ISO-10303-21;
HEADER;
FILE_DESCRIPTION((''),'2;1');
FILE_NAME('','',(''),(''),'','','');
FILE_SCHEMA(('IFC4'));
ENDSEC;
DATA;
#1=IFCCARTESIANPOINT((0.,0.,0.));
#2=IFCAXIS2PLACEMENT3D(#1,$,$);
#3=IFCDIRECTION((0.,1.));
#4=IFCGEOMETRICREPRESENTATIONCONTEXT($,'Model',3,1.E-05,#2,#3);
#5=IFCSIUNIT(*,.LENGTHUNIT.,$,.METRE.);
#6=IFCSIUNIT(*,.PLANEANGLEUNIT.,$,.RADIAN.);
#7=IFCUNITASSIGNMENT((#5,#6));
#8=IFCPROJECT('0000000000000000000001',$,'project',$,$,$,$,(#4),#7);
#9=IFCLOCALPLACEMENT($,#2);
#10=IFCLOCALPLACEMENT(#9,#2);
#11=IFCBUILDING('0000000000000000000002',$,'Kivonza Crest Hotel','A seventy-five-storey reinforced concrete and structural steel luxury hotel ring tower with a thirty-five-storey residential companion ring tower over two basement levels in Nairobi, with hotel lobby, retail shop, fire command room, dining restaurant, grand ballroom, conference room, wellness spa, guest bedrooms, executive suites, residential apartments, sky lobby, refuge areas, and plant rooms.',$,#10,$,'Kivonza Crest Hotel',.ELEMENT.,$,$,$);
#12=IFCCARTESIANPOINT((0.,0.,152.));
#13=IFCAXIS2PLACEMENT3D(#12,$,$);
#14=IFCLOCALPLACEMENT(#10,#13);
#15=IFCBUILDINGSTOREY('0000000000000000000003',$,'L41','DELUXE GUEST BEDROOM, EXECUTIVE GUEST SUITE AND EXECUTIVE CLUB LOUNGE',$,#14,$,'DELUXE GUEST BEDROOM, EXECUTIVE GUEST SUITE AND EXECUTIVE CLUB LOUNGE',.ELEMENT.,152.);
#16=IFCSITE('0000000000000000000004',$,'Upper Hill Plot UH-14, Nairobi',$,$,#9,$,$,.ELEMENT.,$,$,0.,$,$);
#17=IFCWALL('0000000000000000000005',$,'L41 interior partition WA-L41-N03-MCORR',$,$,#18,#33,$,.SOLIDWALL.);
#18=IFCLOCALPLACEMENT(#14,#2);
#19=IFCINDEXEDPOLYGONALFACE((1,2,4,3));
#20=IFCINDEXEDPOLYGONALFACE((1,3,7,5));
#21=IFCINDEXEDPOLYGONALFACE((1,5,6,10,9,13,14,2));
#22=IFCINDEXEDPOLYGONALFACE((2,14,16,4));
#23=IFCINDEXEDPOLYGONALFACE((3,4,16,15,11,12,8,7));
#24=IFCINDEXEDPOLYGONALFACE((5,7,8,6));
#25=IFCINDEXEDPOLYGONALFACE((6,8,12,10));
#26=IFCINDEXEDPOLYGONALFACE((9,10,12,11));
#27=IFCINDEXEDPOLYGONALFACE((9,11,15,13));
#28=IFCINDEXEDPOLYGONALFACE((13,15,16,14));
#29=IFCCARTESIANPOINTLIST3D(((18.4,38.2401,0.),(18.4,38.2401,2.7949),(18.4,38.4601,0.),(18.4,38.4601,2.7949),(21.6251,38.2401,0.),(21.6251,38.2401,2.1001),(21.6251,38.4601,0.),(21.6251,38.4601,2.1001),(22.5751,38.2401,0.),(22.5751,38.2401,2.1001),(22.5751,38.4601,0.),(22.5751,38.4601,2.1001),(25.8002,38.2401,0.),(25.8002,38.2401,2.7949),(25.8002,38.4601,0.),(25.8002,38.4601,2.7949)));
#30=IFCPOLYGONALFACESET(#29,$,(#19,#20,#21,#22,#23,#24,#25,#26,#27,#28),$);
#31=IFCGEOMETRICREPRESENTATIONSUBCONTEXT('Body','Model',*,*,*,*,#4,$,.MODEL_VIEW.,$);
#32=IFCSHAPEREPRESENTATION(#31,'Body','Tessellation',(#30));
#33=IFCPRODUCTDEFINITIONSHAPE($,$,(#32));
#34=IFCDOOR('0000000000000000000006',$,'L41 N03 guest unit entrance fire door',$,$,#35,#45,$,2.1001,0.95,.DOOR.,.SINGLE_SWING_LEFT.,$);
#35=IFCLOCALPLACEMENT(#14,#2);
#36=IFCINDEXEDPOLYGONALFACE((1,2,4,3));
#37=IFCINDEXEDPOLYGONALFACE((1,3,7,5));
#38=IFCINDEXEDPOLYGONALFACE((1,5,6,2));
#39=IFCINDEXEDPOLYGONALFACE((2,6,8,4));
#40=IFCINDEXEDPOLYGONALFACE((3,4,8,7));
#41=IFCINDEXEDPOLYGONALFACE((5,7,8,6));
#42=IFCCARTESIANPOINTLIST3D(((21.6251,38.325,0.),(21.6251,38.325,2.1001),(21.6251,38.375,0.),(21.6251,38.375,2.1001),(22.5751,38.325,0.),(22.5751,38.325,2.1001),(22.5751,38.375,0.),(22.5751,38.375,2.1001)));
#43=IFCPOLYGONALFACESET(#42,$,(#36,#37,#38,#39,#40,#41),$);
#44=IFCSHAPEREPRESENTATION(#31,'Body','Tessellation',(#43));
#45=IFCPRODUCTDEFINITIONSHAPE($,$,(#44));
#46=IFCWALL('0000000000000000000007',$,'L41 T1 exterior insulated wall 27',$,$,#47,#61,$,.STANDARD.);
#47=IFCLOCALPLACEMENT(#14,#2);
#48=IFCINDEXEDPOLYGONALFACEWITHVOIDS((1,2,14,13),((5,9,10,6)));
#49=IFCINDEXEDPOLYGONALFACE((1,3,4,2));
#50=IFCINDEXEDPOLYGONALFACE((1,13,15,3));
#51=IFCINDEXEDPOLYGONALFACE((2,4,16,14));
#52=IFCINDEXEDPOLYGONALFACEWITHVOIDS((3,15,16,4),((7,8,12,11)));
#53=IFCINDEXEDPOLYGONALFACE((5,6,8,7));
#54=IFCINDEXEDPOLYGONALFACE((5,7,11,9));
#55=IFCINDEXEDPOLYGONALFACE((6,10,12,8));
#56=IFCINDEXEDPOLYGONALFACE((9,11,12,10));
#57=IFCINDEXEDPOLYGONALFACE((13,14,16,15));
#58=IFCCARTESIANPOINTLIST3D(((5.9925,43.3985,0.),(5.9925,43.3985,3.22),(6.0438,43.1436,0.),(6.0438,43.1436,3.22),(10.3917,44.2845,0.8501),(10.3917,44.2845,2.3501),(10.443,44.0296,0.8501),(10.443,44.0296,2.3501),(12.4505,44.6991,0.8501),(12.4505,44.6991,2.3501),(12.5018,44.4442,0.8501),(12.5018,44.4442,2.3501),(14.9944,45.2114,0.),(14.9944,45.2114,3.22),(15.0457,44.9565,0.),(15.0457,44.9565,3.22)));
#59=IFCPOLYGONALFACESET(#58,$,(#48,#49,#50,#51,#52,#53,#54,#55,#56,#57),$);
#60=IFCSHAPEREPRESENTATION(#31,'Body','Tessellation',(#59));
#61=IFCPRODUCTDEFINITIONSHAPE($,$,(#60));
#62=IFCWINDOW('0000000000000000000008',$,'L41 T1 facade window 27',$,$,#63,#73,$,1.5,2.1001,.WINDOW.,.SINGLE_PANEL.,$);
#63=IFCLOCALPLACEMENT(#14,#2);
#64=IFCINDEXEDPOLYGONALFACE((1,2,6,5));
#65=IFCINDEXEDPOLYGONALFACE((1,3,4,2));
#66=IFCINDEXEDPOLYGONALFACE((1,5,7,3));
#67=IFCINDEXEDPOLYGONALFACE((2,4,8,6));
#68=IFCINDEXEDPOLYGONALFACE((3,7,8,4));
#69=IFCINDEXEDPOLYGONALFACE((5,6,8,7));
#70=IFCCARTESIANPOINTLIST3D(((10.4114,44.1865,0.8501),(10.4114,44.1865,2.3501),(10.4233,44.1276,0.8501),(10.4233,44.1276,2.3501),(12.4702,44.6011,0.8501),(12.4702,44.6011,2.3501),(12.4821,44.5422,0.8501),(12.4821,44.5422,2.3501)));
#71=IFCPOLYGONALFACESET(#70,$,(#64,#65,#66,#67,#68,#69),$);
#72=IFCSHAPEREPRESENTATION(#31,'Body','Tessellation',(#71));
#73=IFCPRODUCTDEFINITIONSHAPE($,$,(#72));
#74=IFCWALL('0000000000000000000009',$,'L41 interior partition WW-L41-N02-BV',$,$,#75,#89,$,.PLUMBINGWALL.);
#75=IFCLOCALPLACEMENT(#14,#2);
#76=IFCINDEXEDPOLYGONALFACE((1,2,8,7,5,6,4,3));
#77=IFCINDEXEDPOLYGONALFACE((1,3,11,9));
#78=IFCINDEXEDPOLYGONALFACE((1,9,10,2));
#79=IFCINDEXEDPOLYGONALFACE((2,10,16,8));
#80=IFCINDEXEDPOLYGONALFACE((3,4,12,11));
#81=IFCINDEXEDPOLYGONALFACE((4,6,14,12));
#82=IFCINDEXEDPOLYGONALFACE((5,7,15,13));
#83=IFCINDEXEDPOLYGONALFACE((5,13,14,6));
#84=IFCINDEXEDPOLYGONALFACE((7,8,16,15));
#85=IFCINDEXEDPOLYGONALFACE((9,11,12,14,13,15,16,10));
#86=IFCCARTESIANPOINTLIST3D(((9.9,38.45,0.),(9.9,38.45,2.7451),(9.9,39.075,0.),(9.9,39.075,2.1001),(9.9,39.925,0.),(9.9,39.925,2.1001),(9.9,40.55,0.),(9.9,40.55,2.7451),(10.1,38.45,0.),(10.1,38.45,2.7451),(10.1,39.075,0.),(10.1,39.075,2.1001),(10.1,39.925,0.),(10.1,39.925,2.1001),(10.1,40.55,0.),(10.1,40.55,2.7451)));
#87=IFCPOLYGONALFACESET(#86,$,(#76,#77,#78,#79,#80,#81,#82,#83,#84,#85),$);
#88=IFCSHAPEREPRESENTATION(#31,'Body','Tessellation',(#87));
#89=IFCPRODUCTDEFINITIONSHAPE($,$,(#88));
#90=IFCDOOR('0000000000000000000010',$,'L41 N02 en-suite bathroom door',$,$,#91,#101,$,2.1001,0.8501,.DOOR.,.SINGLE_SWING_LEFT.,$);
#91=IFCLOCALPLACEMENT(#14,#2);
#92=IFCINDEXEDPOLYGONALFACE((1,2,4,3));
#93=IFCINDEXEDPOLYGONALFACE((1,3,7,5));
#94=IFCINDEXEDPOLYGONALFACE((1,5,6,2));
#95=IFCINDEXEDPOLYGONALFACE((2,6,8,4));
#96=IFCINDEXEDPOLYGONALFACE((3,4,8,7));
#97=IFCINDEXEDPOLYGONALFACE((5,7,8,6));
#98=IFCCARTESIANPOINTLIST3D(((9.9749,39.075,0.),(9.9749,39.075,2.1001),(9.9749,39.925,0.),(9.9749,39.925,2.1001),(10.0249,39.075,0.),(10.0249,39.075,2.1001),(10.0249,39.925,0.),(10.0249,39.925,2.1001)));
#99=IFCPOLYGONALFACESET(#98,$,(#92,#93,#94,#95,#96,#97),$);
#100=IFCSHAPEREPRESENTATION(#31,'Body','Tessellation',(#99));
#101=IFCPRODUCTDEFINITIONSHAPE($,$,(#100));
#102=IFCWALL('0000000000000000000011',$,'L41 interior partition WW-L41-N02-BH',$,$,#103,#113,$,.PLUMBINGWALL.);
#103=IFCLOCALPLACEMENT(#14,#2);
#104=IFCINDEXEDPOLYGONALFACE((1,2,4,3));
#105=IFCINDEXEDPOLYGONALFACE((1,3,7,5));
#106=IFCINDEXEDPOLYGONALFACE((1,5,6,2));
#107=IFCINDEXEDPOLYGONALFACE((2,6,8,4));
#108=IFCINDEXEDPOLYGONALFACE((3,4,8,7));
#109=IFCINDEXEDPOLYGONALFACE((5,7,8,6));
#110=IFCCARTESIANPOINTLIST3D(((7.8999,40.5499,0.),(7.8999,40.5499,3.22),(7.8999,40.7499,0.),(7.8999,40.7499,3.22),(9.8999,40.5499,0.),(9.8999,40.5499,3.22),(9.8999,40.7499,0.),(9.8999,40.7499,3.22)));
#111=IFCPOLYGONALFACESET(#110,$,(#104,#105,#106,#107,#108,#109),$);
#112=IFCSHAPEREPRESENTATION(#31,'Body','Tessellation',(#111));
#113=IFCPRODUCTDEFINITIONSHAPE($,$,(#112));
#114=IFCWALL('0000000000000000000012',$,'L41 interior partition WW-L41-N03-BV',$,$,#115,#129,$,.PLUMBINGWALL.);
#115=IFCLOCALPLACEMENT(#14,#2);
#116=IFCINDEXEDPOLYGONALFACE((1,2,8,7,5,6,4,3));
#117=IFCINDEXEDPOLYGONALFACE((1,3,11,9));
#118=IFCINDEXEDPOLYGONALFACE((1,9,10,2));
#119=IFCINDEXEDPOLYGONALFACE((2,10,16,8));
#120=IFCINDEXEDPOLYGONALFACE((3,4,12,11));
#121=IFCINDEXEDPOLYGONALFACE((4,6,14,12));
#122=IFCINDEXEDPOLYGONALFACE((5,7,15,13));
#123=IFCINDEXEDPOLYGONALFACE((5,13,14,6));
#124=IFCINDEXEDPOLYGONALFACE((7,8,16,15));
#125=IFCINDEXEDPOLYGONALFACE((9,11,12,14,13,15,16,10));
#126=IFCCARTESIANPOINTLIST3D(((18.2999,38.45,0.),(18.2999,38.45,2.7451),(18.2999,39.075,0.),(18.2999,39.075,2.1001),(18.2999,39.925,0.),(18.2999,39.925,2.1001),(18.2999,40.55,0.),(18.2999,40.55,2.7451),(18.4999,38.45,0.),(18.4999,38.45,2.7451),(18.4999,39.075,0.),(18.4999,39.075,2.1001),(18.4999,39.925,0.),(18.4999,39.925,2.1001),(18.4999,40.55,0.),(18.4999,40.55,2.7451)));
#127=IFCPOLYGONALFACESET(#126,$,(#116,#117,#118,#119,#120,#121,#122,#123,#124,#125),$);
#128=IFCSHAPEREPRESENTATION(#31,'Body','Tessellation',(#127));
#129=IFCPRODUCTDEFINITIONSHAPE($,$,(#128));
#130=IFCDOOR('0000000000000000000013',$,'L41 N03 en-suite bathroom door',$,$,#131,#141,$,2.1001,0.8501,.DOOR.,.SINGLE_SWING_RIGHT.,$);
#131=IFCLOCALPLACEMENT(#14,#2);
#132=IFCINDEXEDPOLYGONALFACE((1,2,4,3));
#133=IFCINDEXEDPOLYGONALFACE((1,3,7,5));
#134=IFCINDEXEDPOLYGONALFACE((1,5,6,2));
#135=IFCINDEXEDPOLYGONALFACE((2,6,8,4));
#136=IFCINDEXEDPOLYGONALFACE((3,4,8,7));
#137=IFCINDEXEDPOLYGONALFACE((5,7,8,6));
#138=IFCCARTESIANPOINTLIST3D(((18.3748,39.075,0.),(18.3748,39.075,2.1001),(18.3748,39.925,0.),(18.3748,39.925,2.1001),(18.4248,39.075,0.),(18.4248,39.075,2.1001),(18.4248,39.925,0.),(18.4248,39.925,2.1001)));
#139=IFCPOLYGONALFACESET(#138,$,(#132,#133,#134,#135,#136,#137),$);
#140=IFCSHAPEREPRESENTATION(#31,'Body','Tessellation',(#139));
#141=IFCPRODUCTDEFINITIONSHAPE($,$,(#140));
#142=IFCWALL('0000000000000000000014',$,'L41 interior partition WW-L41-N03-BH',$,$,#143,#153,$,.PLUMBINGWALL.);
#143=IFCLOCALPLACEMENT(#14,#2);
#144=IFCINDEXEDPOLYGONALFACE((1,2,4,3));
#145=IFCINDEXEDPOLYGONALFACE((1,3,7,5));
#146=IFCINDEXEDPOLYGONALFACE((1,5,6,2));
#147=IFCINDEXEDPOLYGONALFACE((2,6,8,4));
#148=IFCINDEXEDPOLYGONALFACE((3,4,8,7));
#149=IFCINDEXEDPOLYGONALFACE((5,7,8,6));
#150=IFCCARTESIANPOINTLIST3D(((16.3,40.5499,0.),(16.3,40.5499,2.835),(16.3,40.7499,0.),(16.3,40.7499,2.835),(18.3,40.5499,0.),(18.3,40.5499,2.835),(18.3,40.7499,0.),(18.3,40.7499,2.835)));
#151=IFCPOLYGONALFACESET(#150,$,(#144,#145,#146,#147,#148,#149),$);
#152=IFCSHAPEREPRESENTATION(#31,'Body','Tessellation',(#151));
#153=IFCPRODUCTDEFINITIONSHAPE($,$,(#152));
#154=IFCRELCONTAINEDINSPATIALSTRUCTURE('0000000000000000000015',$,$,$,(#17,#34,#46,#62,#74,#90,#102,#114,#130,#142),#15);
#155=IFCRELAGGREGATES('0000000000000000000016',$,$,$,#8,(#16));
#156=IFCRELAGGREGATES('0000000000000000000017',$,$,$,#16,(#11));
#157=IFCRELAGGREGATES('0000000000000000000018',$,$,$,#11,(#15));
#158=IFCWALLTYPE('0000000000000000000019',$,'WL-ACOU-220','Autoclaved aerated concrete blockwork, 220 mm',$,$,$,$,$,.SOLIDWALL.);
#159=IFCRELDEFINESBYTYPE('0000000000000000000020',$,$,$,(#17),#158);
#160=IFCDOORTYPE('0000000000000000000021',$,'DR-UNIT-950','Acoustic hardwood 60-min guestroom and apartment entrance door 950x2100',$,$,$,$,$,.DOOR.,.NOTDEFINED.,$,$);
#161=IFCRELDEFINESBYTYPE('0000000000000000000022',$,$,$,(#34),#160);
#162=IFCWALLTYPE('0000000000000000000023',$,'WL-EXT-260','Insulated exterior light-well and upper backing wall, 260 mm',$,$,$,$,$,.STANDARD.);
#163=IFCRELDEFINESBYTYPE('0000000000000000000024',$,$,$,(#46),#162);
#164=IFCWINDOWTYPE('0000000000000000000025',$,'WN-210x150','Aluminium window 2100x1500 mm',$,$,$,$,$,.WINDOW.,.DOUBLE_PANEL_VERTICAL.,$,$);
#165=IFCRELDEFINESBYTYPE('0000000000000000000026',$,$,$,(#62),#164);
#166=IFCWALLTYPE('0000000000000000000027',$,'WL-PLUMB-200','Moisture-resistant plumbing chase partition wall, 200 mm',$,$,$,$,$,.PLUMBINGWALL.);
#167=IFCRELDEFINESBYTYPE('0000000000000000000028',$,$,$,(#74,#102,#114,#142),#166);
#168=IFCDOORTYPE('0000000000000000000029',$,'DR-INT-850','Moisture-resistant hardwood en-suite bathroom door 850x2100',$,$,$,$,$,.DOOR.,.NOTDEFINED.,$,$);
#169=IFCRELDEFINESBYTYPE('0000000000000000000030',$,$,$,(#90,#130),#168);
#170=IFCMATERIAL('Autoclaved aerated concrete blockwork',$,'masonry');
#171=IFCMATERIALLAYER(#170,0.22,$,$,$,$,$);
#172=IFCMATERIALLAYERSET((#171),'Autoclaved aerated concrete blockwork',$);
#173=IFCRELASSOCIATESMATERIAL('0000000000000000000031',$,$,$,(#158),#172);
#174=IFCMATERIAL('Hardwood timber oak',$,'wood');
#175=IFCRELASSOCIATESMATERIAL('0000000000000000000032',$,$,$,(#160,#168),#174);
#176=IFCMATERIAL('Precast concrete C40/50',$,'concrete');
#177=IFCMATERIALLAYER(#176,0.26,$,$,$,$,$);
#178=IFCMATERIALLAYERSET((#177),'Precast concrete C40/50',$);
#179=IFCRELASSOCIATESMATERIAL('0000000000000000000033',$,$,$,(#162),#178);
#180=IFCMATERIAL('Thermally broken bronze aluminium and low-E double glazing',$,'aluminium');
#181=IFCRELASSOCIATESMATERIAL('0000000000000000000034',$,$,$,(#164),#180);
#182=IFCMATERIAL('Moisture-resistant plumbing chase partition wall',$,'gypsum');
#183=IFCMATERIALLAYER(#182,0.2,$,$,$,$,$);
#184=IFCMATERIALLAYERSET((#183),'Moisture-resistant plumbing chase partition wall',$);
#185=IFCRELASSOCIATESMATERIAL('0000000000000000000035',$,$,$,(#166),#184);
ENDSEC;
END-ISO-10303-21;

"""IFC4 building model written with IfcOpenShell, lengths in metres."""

from ifc_helpers import new_model, si_unit, direction, frame, frame_2d, origin, place, context, subcontext, project, spatial, rectangle, extrude, material, layer, layer_set, type_object, element, fill, save


model = new_model("IFC4")

# Units and contexts
model_context = context("Model", 3, precision=1e-05, world=origin(), true_north=direction((0.0, 1.0)))
body_context = subcontext(model_context, "Body", "Model", "MODEL_VIEW")
ifc_project = project(units=[si_unit("LENGTHUNIT", "METRE"), si_unit("PLANEANGLEUNIT", "RADIAN")], contexts=[model_context])

# Site, building, storey
site_placement = place(None, origin())
site = spatial("IfcSite", under=ifc_project, at=site_placement, Name="Upper Hill Plot UH-14, Nairobi", CompositionType="ELEMENT", RefElevation=0.0)
building_placement = place(site_placement, origin())
building = spatial("IfcBuilding", under=site, at=building_placement, Name="Kivonza Crest Hotel", Description="A seventy-five-storey reinforced concrete and structural steel luxury hotel ring tower with a thirty-five-storey residential companion ring tower over two basement levels in Nairobi, with hotel lobby, retail shop, fire command room, dining restaurant, grand ballroom, conference room, wellness spa, guest bedrooms, executive suites, residential apartments, sky lobby, refuge areas, and plant rooms.", LongName="Kivonza Crest Hotel", CompositionType="ELEMENT")
storey_placement = place(building_placement, frame((0.0, 0.0, 152.0)))
storey = spatial("IfcBuildingStorey", under=building, at=storey_placement, Name="L41", Description="DELUXE GUEST BEDROOM, EXECUTIVE GUEST SUITE AND EXECUTIVE CLUB LOUNGE", LongName="DELUXE GUEST BEDROOM, EXECUTIVE GUEST SUITE AND EXECUTIVE CLUB LOUNGE", CompositionType="ELEMENT", Elevation=152.0)

# Shared definitions
ifc_material_1 = material(Name="Autoclaved aerated concrete blockwork", Category="masonry")
ifc_layer_1 = layer(ifc_material_1, 0.22)
ifc_layer_set_1 = layer_set([ifc_layer_1], Name="Autoclaved aerated concrete blockwork")
wall_type_1 = type_object("IfcWallType", Name="WL-ACOU-220", Description="Autoclaved aerated concrete blockwork, 220 mm", PredefinedType="SOLIDWALL", material=ifc_layer_set_1)
ifc_material_2 = material(Name="Hardwood timber oak", Category="wood")
door_type_1 = type_object("IfcDoorType", Name="DR-UNIT-950", Description="Acoustic hardwood 60-min guestroom and apartment entrance door 950x2100", OperationType="NOTDEFINED", PredefinedType="DOOR", material=ifc_material_2)

# Wall, opening, door
wall_1_placement = place(storey_placement, frame((18.3999, 38.3501, 0.0), z_axis=(0.0, 0.0, 1.0), x_axis=(1.0, 0.0, 0.0)))
wall_1 = element("IfcWall", 1, at=wall_1_placement, inside=storey, type_object=wall_type_1, Name="L41 interior partition WA-L41-N03-MCORR", PredefinedType="SOLIDWALL", context=body_context, shape_type="SweptSolid", body=[
    extrude(rectangle(XDim=7.4001, YDim=0.22, at=frame_2d((3.7002, 0.0))), origin(), (0.0, 0.0, 1.0), 2.7949),
])
opening_1_placement = place(wall_1_placement, frame((3.2251, 0.0, 0.0)))
opening_1 = element("IfcOpeningElement", 2, at=opening_1_placement, cuts=wall_1, PredefinedType="OPENING", context=body_context, shape_type="SweptSolid", body=[
    extrude(rectangle(XDim=0.95, YDim=2.1001, at=frame_2d((0.4751, 1.05))), frame((0.0, 0.1201, 0.0), z_axis=(0.0, -1.0, 0.0), x_axis=(1.0, 0.0, 0.0)), (0.0, 0.0, 1.0), 0.24),
])
door_1_placement = place(opening_1_placement, origin())
door_1 = element("IfcDoor", 3, at=door_1_placement, inside=storey, type_object=door_type_1, Name="L41 N03 guest unit entrance fire door", OperationType="SINGLE_SWING_LEFT", OverallHeight=2.1001, OverallWidth=0.95, PredefinedType="DOOR", context=body_context, shape_type="SweptSolid", body=[
    extrude(rectangle(XDim=0.95, YDim=2.1001, at=frame_2d((0.4751, 1.05))), frame((0.0, 0.0249, 0.0), z_axis=(0.0, -1.0, 0.0), x_axis=(1.0, 0.0, 0.0)), (0.0, 0.0, 1.0), 0.05),
])
fill(opening_1, door_1)

# Wall, opening, window
ifc_material_3 = material(Name="Precast concrete C40/50", Category="concrete")
ifc_layer_2 = layer(ifc_material_3, 0.26)
ifc_layer_set_2 = layer_set([ifc_layer_2], Name="Precast concrete C40/50")
wall_type_2 = type_object("IfcWallType", Name="WL-EXT-260", Description="Insulated exterior light-well and upper backing wall, 260 mm", PredefinedType="STANDARD", material=ifc_layer_set_2)
wall_2_placement = place(storey_placement, frame((15.02, 45.084, 0.0), z_axis=(0.0, 0.0, 1.0), x_axis=(-0.980316, -0.197435, 0.0)))
wall_2 = element("IfcWall", 4, at=wall_2_placement, inside=storey, type_object=wall_type_2, Name="L41 T1 exterior insulated wall 27", PredefinedType="STANDARD", context=body_context, shape_type="SweptSolid", body=[
    extrude(rectangle(XDim=9.1826, YDim=0.26, at=frame_2d((4.5913, 0.0))), origin(), (0.0, 0.0, 1.0), 3.22),
])
opening_2_placement = place(wall_2_placement, frame((2.595, 0.0, 0.8501)))
opening_2 = element("IfcOpeningElement", 5, at=opening_2_placement, cuts=wall_2, PredefinedType="OPENING", context=body_context, shape_type="SweptSolid", body=[
    extrude(rectangle(XDim=2.1001, YDim=1.5, at=frame_2d((1.05, 0.75))), frame((0.0, 0.1401, 0.0), z_axis=(0.0, -1.0, 0.0), x_axis=(1.0, 0.0, 0.0)), (0.0, 0.0, 1.0), 0.28),
])
ifc_material_4 = material(Name="Thermally broken bronze aluminium and low-E double glazing", Category="aluminium")
window_type = type_object("IfcWindowType", Name="WN-210x150", Description="Aluminium window 2100x1500 mm", PartitioningType="DOUBLE_PANEL_VERTICAL", PredefinedType="WINDOW", material=ifc_material_4)
window_placement = place(opening_2_placement, origin())
window = element("IfcWindow", 6, at=window_placement, inside=storey, type_object=window_type, Name="L41 T1 facade window 27", OverallHeight=1.5, OverallWidth=2.1001, PartitioningType="SINGLE_PANEL", PredefinedType="WINDOW", context=body_context, shape_type="SweptSolid", body=[
    extrude(rectangle(XDim=2.1001, YDim=1.5, at=frame_2d((1.05, 0.75))), frame((0.0, 0.03, 0.0), z_axis=(0.0, -1.0, 0.0), x_axis=(1.0, 0.0, 0.0)), (0.0, 0.0, 1.0), 0.0601),
])
fill(opening_2, window)

# Wall, opening, door
ifc_material_5 = material(Name="Moisture-resistant plumbing chase partition wall", Category="gypsum")
ifc_layer_3 = layer(ifc_material_5, 0.2)
ifc_layer_set_3 = layer_set([ifc_layer_3], Name="Moisture-resistant plumbing chase partition wall")
wall_type_3 = type_object("IfcWallType", Name="WL-PLUMB-200", Description="Moisture-resistant plumbing chase partition wall, 200 mm", PredefinedType="PLUMBINGWALL", material=ifc_layer_set_3)
wall_3_placement = place(storey_placement, frame((10.0, 38.45, 0.0), z_axis=(0.0, 0.0, 1.0), x_axis=(0.0, 1.0, 0.0)))
wall_3 = element("IfcWall", 7, at=wall_3_placement, inside=storey, type_object=wall_type_3, Name="L41 interior partition WW-L41-N02-BV", PredefinedType="PLUMBINGWALL", context=body_context, shape_type="SweptSolid", body=[
    extrude(rectangle(XDim=2.1001, YDim=0.2, at=frame_2d((1.05, 0.0))), origin(), (0.0, 0.0, 1.0), 2.7451),
])
opening_3_placement = place(wall_3_placement, frame((0.625, 0.0, 0.0)))
opening_3 = element("IfcOpeningElement", 8, at=opening_3_placement, cuts=wall_3, PredefinedType="OPENING", context=body_context, shape_type="SweptSolid", body=[
    extrude(rectangle(XDim=0.8501, YDim=2.1001, at=frame_2d((0.425, 1.05))), frame((0.0, 0.1099, 0.0), z_axis=(0.0, -1.0, 0.0), x_axis=(1.0, 0.0, 0.0)), (0.0, 0.0, 1.0), 0.22),
])
door_type_2 = type_object("IfcDoorType", Name="DR-INT-850", Description="Moisture-resistant hardwood en-suite bathroom door 850x2100", OperationType="NOTDEFINED", PredefinedType="DOOR", material=ifc_material_2)
door_2_placement = place(opening_3_placement, frame((0.8501, 0.0, 0.0), z_axis=(0.0, 0.0, 1.0), x_axis=(-1.0, 0.0, 0.0)))
door_2 = element("IfcDoor", 9, at=door_2_placement, inside=storey, type_object=door_type_2, Name="L41 N02 en-suite bathroom door", OperationType="SINGLE_SWING_LEFT", OverallHeight=2.1001, OverallWidth=0.8501, PredefinedType="DOOR", context=body_context, shape_type="SweptSolid", body=[
    extrude(rectangle(XDim=0.8501, YDim=2.1001, at=frame_2d((0.425, 1.05))), frame((0.0, 0.0249, 0.0), z_axis=(0.0, -1.0, 0.0), x_axis=(1.0, 0.0, 0.0)), (0.0, 0.0, 1.0), 0.05),
])
fill(opening_3, door_2)

# Wall
wall_4_placement = place(storey_placement, frame((7.8999, 40.6499, 0.0), z_axis=(0.0, 0.0, 1.0), x_axis=(1.0, 0.0, 0.0)))
element("IfcWall", 10, at=wall_4_placement, inside=storey, type_object=wall_type_3, Name="L41 interior partition WW-L41-N02-BH", PredefinedType="PLUMBINGWALL", context=body_context, shape_type="SweptSolid", body=[
    extrude(rectangle(XDim=2.0, YDim=0.2, at=frame_2d((1.0, 0.0))), origin(), (0.0, 0.0, 1.0), 3.22),
])

# Wall, opening, door
wall_5_placement = place(storey_placement, frame((18.3999, 38.45, 0.0), z_axis=(0.0, 0.0, 1.0), x_axis=(0.0, 1.0, 0.0)))
wall_5 = element("IfcWall", 11, at=wall_5_placement, inside=storey, type_object=wall_type_3, Name="L41 interior partition WW-L41-N03-BV", PredefinedType="PLUMBINGWALL", context=body_context, shape_type="SweptSolid", body=[
    extrude(rectangle(XDim=2.1001, YDim=0.2, at=frame_2d((1.05, 0.0))), origin(), (0.0, 0.0, 1.0), 2.7451),
])
opening_4_placement = place(wall_5_placement, frame((0.625, 0.0, 0.0)))
opening_4 = element("IfcOpeningElement", 12, at=opening_4_placement, cuts=wall_5, PredefinedType="OPENING", context=body_context, shape_type="SweptSolid", body=[
    extrude(rectangle(XDim=0.8501, YDim=2.1001, at=frame_2d((0.425, 1.05))), frame((0.0, 0.1099, 0.0), z_axis=(0.0, -1.0, 0.0), x_axis=(1.0, 0.0, 0.0)), (0.0, 0.0, 1.0), 0.22),
])
door_3_placement = place(opening_4_placement, frame((0.8501, 0.0, 0.0), z_axis=(0.0, 0.0, 1.0), x_axis=(-1.0, 0.0, 0.0)))
door_3 = element("IfcDoor", 13, at=door_3_placement, inside=storey, type_object=door_type_2, Name="L41 N03 en-suite bathroom door", OperationType="SINGLE_SWING_RIGHT", OverallHeight=2.1001, OverallWidth=0.8501, PredefinedType="DOOR", context=body_context, shape_type="SweptSolid", body=[
    extrude(rectangle(XDim=0.8501, YDim=2.1001, at=frame_2d((0.425, 1.05))), frame((0.0, 0.0249, 0.0), z_axis=(0.0, -1.0, 0.0), x_axis=(1.0, 0.0, 0.0)), (0.0, 0.0, 1.0), 0.05),
])
fill(opening_4, door_3)

# Wall
wall_6_placement = place(storey_placement, frame((16.3, 40.6499, 0.0), z_axis=(0.0, 0.0, 1.0), x_axis=(1.0, 0.0, 0.0)))
element("IfcWall", 14, at=wall_6_placement, inside=storey, type_object=wall_type_3, Name="L41 interior partition WW-L41-N03-BH", PredefinedType="PLUMBINGWALL", context=body_context, shape_type="SweptSolid", body=[
    extrude(rectangle(XDim=2.0, YDim=0.2, at=frame_2d((1.0, 0.0))), origin(), (0.0, 0.0, 1.0), 2.835),
])

save(model, "model.ifc")
